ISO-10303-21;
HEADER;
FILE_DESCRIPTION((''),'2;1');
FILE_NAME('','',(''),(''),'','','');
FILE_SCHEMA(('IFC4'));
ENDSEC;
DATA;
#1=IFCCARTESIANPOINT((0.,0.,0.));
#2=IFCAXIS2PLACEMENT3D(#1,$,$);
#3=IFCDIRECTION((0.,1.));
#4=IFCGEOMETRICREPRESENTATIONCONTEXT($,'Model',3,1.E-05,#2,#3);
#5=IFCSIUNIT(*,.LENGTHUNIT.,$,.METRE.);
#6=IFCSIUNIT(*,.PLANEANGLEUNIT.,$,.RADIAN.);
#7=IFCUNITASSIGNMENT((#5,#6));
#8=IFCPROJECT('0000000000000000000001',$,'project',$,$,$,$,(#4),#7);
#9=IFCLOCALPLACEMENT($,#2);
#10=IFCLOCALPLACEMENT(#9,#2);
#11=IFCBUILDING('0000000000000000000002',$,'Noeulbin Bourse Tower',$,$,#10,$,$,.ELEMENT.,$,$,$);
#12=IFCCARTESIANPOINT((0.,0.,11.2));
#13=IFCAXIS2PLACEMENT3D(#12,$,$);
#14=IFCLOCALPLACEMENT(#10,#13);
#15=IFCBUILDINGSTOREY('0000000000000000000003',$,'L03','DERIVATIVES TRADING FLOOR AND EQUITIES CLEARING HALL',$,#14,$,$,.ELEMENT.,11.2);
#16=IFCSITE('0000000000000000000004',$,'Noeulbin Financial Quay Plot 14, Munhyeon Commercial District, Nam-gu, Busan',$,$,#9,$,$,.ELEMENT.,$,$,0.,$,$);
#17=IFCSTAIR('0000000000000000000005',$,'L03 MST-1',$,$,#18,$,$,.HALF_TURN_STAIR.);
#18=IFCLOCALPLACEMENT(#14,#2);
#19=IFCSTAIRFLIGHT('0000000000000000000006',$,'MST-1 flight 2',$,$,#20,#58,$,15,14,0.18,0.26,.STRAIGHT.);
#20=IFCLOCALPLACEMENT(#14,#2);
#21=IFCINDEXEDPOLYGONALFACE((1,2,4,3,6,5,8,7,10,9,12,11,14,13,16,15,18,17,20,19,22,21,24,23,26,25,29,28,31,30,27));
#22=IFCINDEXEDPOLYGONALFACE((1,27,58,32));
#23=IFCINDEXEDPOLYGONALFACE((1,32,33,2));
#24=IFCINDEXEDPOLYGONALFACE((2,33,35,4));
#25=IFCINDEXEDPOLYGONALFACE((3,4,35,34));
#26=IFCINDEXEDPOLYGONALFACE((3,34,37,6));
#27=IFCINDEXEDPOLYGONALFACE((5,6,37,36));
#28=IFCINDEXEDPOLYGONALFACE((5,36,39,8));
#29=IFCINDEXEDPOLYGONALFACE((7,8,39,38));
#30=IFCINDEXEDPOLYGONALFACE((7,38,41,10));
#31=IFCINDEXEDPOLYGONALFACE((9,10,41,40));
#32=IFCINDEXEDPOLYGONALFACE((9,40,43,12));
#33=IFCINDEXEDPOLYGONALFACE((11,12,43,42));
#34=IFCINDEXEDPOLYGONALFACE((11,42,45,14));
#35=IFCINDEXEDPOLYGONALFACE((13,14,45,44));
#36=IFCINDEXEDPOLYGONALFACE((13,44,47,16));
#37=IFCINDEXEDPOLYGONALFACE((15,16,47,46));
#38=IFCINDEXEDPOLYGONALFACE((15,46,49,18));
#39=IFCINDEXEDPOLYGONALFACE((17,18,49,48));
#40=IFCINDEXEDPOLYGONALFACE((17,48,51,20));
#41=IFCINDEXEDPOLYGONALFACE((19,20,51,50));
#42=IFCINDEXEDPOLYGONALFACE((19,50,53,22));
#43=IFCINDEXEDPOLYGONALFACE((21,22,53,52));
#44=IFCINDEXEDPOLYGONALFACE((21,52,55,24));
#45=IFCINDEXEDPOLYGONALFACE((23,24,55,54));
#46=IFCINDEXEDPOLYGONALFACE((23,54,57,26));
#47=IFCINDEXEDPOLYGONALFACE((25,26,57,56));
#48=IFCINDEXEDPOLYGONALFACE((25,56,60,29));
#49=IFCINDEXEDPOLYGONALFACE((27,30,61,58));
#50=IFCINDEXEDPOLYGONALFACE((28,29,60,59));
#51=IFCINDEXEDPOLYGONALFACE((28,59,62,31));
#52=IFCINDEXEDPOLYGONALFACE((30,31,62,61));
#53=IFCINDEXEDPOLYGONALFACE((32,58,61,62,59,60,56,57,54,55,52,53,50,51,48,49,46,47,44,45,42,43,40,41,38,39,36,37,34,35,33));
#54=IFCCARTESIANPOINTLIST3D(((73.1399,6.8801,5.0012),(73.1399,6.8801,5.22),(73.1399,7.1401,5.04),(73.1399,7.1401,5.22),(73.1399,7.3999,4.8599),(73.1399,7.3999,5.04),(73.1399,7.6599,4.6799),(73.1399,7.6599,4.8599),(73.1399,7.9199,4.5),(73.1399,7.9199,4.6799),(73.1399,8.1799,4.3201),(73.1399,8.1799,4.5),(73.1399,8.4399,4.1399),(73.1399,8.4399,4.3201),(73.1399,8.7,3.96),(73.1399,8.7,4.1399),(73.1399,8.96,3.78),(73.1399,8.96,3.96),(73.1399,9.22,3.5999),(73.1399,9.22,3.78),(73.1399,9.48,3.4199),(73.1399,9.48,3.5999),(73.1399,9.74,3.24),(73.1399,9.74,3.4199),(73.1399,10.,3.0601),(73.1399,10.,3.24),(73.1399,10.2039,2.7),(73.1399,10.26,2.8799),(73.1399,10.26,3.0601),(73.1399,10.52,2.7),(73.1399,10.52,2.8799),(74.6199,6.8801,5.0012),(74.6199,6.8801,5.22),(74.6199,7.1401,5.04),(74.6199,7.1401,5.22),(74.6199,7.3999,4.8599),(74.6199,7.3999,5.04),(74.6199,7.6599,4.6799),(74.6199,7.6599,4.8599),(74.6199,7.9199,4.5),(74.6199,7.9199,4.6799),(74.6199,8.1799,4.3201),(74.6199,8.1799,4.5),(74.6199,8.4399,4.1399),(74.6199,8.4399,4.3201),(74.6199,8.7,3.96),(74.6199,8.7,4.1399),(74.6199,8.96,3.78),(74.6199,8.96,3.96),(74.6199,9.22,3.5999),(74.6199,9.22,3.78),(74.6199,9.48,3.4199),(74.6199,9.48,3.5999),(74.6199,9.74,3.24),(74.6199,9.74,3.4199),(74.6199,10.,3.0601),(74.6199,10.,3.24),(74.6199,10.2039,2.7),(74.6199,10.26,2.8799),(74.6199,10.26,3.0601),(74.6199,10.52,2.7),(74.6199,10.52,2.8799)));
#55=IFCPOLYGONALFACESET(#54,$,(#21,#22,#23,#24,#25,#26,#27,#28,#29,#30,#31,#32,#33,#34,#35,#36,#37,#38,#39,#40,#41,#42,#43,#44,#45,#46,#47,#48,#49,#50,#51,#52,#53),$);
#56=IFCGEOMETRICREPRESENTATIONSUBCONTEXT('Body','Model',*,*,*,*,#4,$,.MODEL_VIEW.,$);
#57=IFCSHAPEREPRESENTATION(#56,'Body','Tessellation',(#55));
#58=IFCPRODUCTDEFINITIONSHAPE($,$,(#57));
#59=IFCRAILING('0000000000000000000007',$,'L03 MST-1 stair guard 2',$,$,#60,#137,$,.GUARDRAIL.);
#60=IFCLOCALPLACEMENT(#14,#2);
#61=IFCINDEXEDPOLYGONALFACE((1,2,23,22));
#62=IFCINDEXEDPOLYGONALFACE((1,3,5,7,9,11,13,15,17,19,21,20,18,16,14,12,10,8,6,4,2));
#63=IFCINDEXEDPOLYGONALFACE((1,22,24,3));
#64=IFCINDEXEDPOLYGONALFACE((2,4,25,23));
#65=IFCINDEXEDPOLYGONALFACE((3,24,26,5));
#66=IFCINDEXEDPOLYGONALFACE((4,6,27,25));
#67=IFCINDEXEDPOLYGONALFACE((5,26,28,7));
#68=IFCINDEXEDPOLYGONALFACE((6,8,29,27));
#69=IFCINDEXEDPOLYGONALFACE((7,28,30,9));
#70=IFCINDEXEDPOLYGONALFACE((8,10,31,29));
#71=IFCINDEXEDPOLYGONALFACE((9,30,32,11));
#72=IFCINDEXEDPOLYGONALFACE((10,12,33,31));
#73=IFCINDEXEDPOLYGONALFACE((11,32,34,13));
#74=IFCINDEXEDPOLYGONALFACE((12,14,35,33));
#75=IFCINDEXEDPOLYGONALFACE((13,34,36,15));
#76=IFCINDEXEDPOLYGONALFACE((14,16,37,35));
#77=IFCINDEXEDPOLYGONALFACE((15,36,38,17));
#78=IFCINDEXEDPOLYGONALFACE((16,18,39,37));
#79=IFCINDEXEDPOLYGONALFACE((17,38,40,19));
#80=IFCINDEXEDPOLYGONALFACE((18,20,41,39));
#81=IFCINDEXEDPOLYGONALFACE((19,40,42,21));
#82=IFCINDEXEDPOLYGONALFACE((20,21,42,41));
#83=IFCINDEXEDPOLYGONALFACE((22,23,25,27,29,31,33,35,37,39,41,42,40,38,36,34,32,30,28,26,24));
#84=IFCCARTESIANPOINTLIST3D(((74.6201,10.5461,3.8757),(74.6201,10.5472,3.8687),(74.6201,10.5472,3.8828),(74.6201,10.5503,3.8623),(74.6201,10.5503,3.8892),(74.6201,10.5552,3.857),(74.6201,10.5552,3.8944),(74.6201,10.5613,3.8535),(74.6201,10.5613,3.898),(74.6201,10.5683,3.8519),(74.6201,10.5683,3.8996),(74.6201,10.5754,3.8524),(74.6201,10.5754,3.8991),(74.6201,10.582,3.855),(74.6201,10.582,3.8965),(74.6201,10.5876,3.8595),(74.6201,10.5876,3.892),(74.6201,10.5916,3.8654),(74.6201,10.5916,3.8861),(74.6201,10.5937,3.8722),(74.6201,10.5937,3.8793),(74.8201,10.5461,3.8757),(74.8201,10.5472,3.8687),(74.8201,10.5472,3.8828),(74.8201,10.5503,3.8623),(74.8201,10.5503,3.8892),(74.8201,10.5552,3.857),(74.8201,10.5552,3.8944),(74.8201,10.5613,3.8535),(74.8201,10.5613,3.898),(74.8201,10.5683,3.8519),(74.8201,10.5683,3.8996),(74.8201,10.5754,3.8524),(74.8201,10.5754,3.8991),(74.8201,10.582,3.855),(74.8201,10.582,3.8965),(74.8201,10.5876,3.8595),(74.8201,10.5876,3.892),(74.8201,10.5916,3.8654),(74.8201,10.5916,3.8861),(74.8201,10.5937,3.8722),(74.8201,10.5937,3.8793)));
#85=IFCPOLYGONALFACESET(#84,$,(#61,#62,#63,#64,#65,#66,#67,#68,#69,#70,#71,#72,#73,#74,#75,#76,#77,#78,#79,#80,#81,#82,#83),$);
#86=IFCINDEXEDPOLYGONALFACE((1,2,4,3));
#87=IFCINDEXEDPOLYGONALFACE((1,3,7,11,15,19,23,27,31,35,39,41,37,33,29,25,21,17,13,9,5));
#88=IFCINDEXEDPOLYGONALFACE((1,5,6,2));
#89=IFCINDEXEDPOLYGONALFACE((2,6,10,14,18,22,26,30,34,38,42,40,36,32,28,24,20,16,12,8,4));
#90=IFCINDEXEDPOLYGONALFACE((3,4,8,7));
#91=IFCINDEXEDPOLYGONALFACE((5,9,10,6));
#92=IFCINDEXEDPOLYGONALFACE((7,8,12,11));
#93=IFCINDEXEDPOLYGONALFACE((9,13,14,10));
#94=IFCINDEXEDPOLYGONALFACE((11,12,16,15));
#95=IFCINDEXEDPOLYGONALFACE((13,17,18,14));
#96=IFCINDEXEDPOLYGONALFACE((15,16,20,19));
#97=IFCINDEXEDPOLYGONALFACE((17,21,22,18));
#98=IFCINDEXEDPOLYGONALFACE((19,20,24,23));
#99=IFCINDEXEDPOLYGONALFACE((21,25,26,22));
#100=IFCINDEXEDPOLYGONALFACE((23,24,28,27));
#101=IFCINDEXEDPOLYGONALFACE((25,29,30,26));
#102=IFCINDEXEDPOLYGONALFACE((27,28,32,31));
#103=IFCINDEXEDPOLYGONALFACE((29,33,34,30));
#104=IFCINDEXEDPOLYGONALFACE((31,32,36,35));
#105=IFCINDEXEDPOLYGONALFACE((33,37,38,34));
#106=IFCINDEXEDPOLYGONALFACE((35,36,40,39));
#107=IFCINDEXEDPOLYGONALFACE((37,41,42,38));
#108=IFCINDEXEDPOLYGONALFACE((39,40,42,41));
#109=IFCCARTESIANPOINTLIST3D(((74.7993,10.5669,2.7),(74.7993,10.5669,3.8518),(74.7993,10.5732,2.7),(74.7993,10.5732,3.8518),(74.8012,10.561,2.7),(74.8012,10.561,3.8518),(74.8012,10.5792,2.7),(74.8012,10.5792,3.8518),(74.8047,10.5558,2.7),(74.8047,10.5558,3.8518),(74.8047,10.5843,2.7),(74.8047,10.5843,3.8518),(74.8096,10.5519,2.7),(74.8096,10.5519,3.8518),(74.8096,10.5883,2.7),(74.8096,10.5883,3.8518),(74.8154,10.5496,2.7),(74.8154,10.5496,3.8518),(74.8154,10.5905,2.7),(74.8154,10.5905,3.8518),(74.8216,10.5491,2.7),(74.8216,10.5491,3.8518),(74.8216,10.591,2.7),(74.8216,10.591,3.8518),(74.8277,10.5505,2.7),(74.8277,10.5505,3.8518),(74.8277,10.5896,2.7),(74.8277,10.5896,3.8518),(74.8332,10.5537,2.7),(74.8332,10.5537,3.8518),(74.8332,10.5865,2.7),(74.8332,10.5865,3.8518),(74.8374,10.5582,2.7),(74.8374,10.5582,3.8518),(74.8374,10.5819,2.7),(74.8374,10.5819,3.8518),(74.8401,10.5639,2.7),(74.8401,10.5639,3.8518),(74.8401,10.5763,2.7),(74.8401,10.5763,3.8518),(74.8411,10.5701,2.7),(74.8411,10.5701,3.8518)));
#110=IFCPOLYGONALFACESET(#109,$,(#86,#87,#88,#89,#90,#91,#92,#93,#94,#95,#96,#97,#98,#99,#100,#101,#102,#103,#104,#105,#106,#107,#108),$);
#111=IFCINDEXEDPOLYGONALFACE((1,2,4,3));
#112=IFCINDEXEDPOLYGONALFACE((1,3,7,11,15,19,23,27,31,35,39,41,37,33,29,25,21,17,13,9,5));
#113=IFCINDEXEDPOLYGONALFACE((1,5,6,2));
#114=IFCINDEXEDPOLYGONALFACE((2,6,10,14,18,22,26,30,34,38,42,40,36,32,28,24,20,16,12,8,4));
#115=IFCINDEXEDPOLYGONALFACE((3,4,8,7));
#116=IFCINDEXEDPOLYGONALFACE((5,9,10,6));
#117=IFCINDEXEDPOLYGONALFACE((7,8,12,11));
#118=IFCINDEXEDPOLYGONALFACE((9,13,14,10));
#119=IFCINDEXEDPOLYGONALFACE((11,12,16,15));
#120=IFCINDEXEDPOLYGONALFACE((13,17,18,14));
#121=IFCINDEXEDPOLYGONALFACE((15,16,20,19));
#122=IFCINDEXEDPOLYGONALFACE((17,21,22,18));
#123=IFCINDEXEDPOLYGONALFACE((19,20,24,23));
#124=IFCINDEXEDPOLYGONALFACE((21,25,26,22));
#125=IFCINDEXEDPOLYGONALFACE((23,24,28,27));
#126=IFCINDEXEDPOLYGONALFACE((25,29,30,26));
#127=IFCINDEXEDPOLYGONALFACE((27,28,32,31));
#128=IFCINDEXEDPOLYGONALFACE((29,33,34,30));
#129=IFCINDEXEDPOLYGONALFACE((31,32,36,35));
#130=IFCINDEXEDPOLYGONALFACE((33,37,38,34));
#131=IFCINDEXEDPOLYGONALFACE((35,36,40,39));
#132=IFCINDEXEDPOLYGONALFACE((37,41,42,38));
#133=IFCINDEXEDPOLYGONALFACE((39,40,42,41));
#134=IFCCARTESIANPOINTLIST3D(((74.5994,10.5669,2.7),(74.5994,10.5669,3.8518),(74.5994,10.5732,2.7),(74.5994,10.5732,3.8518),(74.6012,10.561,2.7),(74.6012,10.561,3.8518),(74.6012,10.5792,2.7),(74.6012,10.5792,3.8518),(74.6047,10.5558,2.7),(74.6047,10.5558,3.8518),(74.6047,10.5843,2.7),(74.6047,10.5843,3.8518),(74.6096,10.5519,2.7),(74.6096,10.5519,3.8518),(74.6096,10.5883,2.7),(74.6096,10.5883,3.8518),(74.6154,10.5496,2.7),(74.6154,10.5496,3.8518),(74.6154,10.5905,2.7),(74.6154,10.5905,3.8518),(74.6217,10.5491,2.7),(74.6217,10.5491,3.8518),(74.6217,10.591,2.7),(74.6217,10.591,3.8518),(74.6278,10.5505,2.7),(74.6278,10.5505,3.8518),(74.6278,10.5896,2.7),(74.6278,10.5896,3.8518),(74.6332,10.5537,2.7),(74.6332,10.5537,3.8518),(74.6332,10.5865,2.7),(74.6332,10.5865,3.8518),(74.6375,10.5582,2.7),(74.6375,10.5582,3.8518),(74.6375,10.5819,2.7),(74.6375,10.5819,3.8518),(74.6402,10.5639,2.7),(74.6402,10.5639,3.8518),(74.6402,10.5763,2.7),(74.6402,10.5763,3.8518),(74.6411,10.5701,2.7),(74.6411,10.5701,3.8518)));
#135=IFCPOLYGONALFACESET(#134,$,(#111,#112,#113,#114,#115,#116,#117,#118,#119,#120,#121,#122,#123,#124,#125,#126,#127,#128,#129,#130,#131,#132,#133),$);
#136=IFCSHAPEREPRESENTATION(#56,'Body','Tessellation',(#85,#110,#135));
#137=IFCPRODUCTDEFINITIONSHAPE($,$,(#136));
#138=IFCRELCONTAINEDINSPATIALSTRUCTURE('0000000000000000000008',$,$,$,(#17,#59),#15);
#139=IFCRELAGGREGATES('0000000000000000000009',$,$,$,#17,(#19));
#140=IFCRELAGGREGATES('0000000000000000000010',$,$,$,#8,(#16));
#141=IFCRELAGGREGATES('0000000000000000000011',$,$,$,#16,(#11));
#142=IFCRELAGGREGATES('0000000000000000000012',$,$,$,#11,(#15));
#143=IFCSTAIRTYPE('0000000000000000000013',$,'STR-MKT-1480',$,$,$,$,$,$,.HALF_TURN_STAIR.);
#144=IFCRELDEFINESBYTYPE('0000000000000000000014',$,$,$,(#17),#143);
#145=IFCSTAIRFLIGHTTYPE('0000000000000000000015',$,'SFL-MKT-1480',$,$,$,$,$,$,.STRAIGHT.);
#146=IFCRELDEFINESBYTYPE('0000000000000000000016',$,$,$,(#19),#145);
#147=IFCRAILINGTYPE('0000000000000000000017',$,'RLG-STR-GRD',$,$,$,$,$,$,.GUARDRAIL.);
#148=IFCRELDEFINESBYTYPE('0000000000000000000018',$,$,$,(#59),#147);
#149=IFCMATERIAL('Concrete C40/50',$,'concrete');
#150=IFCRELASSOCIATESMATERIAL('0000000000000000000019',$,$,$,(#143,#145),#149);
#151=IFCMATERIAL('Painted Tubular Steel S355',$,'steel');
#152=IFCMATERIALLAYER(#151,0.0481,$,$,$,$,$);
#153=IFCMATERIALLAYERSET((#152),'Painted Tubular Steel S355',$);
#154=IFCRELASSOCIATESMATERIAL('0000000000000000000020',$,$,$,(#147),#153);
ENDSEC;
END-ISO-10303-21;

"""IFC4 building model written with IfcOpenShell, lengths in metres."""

from ifc_helpers import new_model, si_unit, direction, frame, origin, origin_2d, place, context, subcontext, project, spatial, polyline, circle, outline, extrude, material, layer, layer_set, type_object, element, aggregate, save


model = new_model("IFC4")

# Units and contexts
model_context = context("Model", 3, precision=1e-05, world=origin(), true_north=direction((0.0, 1.0)))
body_context = subcontext(model_context, "Body", "Model", "MODEL_VIEW")
ifc_project = project(units=[si_unit("LENGTHUNIT", "METRE"), si_unit("PLANEANGLEUNIT", "RADIAN")], contexts=[model_context])

# Site, building, storey
site_placement = place(None, origin())
site = spatial("IfcSite", under=ifc_project, at=site_placement, Name="Noeulbin Financial Quay Plot 14, Munhyeon Commercial District, Nam-gu, Busan", CompositionType="ELEMENT", RefElevation=0.0)
building_placement = place(site_placement, origin())
building = spatial("IfcBuilding", under=site, at=building_placement, Name="Noeulbin Bourse Tower", CompositionType="ELEMENT")
storey_placement = place(building_placement, frame((0.0, 0.0, 11.2)))
storey = spatial("IfcBuildingStorey", under=building, at=storey_placement, Name="L03", Description="DERIVATIVES TRADING FLOOR AND EQUITIES CLEARING HALL", CompositionType="ELEMENT", Elevation=11.2)

# Shared definitions
ifc_material_1 = material(Name="Concrete C40/50", Category="concrete")

# Stair, stair flight
stair_type = type_object("IfcStairType", Name="STR-MKT-1480", PredefinedType="HALF_TURN_STAIR", material=ifc_material_1)
stair_placement = place(storey_placement, origin())
stair = element("IfcStair", 1, at=stair_placement, inside=storey, type_object=stair_type, Name="L03 MST-1", PredefinedType="HALF_TURN_STAIR")
stair_flight_type = type_object("IfcStairFlightType", Name="SFL-MKT-1480", PredefinedType="STRAIGHT", material=ifc_material_1)
stair_flight_placement = place(storey_placement, frame((73.8799, 10.52, 2.7), z_axis=(0.0, 0.0, 1.0), x_axis=(0.0, -1.0, 0.0)))
stair_flight = element("IfcStairFlight", 2, at=stair_flight_placement, type_object=stair_flight_type, Name="MST-1 flight 2", NumberOfRisers=15, NumberOfTreads=14, PredefinedType="STRAIGHT", RiserHeight=0.18, TreadLength=0.26, context=body_context, shape_type="SweptSolid", body=[
    extrude(outline(polyline([(0.0, 0.0), (0.0, 0.1799), (0.26, 0.1799), (0.26, 0.3601), (0.52, 0.3601), (0.52, 0.54), (0.78, 0.54), (0.78, 0.72), (1.04, 0.72), (1.04, 0.8999), (1.3, 0.8999), (1.3, 1.0801), (1.5601, 1.0801), (1.5601, 1.26), (1.8201, 1.26), (1.8201, 1.4399), (2.0801, 1.4399), (2.0801, 1.6201), (2.3401, 1.6201), (2.3401, 1.8), (2.6001, 1.8), (2.6001, 1.98), (2.8601, 1.98), (2.8601, 2.1599), (3.1201, 2.1599), (3.1201, 2.3401), (3.3799, 2.3401), (3.3799, 2.52), (3.6399, 2.52), (3.6399, 2.7), (3.6399, 2.3013), (0.3162, 0.0), (0.0, 0.0)])), frame((0.0, 0.74, 0.0), z_axis=(0.0, -1.0, 0.0), x_axis=(1.0, 0.0, 0.0)), (0.0, 0.0, 1.0), 1.48),
])
aggregate(stair, [stair_flight])

# Railing
ifc_material_2 = material(Name="Painted Tubular Steel S355", Category="steel")
ifc_layer_1 = layer(ifc_material_2, 0.0481)
ifc_layer_set_1 = layer_set([ifc_layer_1], Name="Painted Tubular Steel S355")
railing_type_1 = type_object("IfcRailingType", Name="RLG-STR-GRD", PredefinedType="GUARDRAIL", material=ifc_layer_set_1)
railing_1_placement = place(storey_placement, frame((74.8201, 10.5701, 2.7)))
element("IfcRailing", 3, at=railing_1_placement, inside=storey, type_object=railing_type_1, Name="L03 MST-1 stair guard 2", PredefinedType="GUARDRAIL", context=body_context, shape_type="SweptSolid", body=[
    extrude(circle(Radius=0.0239, at=origin_2d()), frame((0.0, 0.0, 1.1758), z_axis=(-1.0, 0.0, 0.0), x_axis=(0.0, -1.0, 0.0)), (0.0, 0.0, 1.0), 0.2),
    extrude(circle(Radius=0.021, at=origin_2d()), origin(), (0.0, 0.0, 1.0), 1.1519),
    extrude(circle(Radius=0.021, at=origin_2d()), frame((-0.2, 0.0, 0.0)), (0.0, 0.0, 1.0), 1.1519),
])

save(model, "model.ifc")
